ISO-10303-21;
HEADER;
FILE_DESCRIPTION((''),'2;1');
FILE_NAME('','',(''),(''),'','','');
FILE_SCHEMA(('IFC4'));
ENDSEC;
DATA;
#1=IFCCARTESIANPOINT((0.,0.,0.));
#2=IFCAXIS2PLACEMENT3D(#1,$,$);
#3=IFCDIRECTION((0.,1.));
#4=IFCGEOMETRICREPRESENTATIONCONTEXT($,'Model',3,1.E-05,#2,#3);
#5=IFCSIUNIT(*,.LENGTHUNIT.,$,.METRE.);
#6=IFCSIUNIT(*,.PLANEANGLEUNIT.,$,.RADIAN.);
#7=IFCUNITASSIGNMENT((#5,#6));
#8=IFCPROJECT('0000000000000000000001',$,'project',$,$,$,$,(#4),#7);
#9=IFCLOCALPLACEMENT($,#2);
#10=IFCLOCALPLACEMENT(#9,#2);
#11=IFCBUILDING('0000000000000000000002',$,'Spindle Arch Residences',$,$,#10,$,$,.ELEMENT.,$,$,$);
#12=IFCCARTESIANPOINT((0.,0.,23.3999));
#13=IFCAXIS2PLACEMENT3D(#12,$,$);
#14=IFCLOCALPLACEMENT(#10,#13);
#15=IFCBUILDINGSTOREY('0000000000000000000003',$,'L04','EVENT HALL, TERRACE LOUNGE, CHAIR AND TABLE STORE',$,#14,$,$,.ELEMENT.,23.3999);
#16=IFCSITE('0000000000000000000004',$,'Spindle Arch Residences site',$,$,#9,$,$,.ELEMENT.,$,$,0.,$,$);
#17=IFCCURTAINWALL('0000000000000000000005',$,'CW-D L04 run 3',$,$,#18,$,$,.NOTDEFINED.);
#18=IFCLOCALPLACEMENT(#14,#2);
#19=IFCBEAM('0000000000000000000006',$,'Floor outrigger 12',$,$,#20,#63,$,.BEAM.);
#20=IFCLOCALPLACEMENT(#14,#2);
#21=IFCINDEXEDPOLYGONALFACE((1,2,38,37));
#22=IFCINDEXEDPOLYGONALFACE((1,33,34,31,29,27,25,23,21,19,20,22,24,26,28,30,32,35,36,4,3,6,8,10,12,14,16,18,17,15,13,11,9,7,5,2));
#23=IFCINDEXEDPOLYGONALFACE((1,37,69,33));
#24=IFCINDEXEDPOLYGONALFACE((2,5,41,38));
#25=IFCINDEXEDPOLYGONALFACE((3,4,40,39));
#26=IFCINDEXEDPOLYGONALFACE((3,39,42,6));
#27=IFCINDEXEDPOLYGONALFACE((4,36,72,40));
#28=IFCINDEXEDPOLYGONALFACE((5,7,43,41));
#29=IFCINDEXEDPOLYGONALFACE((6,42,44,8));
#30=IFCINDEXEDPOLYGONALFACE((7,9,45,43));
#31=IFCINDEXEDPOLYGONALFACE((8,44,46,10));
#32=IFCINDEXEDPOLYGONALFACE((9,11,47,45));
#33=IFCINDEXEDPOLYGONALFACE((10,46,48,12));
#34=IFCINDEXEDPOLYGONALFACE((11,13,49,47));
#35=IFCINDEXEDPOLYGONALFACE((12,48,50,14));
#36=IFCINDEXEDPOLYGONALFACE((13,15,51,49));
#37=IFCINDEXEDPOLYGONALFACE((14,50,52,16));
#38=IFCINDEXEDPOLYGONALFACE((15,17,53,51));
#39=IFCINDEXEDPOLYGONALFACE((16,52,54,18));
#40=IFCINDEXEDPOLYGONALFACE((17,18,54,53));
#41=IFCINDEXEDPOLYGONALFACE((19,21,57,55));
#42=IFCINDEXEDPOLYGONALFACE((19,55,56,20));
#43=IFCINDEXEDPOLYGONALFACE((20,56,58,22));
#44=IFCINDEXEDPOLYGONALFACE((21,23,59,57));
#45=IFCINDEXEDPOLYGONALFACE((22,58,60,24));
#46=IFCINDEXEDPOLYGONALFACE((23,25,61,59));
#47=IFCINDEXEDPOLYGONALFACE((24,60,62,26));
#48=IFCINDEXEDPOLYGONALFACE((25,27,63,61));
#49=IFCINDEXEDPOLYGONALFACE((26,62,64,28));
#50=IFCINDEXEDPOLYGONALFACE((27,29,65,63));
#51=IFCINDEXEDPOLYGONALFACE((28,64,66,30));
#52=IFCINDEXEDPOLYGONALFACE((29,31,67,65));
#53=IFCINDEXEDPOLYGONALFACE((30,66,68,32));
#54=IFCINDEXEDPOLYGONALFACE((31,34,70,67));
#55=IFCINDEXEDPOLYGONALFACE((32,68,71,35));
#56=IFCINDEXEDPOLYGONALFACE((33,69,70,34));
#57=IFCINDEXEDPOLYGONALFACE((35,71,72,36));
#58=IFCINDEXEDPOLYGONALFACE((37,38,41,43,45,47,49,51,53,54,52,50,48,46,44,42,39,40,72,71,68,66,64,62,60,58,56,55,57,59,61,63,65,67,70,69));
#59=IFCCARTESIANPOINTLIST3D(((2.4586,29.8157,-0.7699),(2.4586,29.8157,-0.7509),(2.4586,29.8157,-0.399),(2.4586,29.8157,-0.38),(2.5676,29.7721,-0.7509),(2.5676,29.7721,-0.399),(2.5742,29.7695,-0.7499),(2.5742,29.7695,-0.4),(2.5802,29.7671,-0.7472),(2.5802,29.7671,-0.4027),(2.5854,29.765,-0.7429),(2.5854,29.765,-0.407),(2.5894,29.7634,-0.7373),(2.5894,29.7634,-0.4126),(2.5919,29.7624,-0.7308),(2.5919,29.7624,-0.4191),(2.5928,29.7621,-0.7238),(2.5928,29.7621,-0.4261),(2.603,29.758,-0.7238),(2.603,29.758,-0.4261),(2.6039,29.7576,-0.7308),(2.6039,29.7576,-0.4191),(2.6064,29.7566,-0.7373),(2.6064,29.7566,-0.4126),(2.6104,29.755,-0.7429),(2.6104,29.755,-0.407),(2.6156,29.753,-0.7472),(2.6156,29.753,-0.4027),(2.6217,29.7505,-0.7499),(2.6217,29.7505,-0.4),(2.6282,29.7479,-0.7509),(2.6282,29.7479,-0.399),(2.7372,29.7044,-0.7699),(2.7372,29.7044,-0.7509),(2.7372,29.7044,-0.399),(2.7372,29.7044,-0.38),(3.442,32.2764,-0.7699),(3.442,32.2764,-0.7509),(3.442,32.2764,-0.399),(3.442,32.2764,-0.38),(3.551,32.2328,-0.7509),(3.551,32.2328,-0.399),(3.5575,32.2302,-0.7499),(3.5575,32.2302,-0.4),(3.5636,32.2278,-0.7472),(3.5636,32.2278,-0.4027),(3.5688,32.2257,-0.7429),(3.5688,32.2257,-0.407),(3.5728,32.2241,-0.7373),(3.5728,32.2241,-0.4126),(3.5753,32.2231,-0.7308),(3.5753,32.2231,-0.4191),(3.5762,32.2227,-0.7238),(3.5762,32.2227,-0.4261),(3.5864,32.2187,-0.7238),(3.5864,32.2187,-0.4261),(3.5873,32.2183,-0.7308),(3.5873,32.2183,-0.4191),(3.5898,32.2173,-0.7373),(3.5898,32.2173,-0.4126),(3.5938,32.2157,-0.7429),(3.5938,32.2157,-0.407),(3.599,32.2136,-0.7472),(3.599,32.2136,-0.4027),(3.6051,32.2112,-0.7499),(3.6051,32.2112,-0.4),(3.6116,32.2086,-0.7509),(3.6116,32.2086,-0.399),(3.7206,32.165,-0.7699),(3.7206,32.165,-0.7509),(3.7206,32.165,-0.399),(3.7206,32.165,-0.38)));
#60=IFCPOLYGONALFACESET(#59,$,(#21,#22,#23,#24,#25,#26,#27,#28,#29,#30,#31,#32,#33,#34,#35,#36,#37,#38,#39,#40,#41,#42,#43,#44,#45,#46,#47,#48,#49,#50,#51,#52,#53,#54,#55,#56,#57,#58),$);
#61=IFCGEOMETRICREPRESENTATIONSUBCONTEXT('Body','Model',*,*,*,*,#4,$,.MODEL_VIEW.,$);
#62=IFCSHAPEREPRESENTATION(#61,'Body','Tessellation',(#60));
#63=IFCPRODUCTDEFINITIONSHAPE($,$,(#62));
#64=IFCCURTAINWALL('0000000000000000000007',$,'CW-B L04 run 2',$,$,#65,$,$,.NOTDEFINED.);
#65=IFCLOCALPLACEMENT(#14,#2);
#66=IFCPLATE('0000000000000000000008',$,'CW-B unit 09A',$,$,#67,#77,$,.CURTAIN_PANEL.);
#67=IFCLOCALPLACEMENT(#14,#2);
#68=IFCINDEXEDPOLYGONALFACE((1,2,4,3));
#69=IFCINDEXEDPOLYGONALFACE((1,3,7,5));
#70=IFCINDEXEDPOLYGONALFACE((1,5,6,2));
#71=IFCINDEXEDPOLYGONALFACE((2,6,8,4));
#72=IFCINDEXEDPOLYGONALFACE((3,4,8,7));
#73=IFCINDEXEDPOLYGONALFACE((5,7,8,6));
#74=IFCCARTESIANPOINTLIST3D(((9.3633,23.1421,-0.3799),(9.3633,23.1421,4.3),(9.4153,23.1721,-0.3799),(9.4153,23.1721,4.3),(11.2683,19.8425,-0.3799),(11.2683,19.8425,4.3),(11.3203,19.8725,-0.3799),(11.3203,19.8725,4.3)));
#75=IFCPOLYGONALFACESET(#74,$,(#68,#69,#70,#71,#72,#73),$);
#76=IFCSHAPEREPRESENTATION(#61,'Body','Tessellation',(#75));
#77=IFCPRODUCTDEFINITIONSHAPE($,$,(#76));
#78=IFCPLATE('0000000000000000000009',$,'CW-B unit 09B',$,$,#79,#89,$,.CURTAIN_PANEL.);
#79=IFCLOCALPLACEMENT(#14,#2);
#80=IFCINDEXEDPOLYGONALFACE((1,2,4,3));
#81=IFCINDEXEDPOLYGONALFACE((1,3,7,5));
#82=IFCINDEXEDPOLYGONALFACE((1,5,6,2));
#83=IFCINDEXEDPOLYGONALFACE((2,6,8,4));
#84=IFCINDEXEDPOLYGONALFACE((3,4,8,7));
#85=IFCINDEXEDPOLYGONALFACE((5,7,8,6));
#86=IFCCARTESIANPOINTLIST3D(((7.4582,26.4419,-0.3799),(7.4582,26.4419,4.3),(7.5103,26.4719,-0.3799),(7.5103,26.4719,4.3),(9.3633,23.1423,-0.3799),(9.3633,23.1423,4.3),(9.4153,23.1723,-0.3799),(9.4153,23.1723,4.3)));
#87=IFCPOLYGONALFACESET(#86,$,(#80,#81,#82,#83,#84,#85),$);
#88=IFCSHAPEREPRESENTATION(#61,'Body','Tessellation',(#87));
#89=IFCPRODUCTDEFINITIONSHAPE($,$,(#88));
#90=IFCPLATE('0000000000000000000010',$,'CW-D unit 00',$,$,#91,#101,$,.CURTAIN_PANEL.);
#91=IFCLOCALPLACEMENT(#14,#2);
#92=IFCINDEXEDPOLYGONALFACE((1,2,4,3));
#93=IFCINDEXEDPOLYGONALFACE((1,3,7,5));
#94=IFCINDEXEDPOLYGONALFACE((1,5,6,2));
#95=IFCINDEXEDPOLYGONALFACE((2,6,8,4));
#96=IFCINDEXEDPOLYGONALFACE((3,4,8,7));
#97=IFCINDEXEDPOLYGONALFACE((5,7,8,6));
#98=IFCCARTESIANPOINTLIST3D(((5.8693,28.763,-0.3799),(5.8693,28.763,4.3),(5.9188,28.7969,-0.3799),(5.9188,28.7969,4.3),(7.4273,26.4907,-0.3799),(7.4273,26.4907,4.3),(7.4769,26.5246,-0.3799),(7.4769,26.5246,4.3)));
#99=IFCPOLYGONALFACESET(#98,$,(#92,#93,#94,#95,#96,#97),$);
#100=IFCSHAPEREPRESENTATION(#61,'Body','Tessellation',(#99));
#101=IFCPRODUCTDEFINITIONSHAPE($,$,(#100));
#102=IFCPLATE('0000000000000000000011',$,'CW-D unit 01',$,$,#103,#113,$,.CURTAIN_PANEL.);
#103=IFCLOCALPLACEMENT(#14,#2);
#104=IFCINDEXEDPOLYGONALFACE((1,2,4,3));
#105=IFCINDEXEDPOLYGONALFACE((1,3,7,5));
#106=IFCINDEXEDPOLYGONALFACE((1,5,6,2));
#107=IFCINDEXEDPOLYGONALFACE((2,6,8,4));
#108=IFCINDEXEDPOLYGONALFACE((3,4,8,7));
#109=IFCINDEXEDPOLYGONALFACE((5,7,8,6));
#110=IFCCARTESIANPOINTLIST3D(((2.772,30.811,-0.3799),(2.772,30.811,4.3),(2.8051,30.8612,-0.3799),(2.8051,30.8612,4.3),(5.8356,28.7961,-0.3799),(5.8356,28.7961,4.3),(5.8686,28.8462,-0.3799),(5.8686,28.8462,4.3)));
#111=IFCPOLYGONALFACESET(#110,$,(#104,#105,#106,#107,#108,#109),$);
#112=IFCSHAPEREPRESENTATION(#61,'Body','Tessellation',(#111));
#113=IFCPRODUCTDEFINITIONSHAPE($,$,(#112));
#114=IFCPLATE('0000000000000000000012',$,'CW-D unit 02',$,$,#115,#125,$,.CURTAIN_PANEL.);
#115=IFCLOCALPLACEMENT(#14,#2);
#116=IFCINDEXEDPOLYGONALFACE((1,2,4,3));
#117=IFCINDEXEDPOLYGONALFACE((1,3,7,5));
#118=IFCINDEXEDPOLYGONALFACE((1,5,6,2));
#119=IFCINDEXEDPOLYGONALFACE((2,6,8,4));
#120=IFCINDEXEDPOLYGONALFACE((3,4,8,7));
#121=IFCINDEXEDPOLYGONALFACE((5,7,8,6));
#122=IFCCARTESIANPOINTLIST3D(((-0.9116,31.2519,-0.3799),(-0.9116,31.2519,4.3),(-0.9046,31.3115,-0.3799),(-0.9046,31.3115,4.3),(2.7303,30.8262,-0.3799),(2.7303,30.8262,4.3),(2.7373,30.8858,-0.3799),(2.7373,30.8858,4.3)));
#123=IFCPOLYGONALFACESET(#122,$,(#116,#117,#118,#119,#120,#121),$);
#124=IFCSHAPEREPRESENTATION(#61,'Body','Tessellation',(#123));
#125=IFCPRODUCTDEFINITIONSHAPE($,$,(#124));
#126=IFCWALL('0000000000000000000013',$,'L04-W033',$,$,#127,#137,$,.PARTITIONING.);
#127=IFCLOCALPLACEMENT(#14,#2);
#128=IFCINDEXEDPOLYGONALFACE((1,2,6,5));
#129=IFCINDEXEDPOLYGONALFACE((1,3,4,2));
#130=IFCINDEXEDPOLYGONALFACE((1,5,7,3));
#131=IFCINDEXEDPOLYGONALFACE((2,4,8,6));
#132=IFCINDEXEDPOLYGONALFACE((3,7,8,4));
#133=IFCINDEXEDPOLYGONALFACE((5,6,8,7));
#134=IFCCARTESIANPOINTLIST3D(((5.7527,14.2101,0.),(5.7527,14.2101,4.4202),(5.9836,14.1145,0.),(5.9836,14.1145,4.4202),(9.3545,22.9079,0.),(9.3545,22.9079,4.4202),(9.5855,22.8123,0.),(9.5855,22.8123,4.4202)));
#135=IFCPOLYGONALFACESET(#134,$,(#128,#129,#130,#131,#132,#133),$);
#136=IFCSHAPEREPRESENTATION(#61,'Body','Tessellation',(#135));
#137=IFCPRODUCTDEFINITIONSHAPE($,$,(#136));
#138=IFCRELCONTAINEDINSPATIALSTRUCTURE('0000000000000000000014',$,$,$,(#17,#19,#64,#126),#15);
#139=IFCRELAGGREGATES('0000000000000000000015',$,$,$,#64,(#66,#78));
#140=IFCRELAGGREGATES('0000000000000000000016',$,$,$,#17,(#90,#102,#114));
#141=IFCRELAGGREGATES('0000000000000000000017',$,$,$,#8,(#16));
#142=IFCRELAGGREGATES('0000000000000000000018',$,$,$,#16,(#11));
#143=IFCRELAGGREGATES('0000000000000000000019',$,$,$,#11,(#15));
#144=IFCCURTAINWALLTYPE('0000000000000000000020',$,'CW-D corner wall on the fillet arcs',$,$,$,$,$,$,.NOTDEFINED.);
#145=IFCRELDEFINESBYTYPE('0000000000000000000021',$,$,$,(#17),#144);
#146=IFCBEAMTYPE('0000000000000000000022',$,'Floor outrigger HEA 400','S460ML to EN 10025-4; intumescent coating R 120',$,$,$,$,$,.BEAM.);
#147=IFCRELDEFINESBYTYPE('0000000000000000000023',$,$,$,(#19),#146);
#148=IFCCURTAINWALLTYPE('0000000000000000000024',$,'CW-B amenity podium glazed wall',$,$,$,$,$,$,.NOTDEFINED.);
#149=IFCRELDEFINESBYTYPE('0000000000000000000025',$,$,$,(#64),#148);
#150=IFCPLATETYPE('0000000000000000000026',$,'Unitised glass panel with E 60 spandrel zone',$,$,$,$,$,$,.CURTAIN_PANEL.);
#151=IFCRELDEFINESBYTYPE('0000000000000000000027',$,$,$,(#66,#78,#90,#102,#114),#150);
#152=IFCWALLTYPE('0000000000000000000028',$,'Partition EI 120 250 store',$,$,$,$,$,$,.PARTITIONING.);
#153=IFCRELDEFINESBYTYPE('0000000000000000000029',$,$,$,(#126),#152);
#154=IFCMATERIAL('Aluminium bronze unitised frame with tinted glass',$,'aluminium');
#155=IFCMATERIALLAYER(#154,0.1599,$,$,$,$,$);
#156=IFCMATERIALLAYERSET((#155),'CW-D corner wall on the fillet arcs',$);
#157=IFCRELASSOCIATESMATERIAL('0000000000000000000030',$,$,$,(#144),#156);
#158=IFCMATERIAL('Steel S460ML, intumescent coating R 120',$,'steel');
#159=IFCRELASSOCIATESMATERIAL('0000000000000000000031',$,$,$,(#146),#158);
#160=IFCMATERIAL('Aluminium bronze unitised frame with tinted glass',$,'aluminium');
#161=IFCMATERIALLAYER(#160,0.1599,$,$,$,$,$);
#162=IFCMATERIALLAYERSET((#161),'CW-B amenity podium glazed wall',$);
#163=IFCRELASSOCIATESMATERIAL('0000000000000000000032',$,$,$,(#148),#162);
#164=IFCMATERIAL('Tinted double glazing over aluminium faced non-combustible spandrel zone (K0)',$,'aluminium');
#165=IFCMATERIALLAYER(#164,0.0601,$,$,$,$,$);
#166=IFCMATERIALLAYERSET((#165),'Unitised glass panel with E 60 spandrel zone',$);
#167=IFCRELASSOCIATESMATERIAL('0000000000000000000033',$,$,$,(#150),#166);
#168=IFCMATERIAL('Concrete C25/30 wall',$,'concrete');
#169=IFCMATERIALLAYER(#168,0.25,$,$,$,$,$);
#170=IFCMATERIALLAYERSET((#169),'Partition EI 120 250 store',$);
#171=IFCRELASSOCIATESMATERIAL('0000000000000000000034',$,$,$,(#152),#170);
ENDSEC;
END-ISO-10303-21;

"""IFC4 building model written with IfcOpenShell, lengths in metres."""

from ifc_helpers import new_model, si_unit, direction, frame, frame_2d, origin, origin_2d, place, context, subcontext, project, spatial, rectangle, i_section, extrude, material, layer, layer_set, material_profile, profile_set, type_object, element, aggregate, save


model = new_model("IFC4")

# Units and contexts
model_context = context("Model", 3, precision=1e-05, world=origin(), true_north=direction((0.0, 1.0)))
body_context = subcontext(model_context, "Body", "Model", "MODEL_VIEW")
ifc_project = project(units=[si_unit("LENGTHUNIT", "METRE"), si_unit("PLANEANGLEUNIT", "RADIAN")], contexts=[model_context])

# Site, building, storey
site_placement = place(None, origin())
site = spatial("IfcSite", under=ifc_project, at=site_placement, Name="Spindle Arch Residences site", CompositionType="ELEMENT", RefElevation=0.0)
building_placement = place(site_placement, origin())
building = spatial("IfcBuilding", under=site, at=building_placement, Name="Spindle Arch Residences", CompositionType="ELEMENT")
storey_placement = place(building_placement, frame((0.0, 0.0, 23.3999)))
storey = spatial("IfcBuildingStorey", under=building, at=storey_placement, Name="L04", Description="EVENT HALL, TERRACE LOUNGE, CHAIR AND TABLE STORE", CompositionType="ELEMENT", Elevation=23.3999)

# Curtain wall
ifc_material_1 = material(Name="Aluminium bronze unitised frame with tinted glass", Category="aluminium")
ifc_layer_1 = layer(ifc_material_1, 0.1599)
ifc_layer_set_1 = layer_set([ifc_layer_1], Name="CW-D corner wall on the fillet arcs")
curtain_wall_type_1 = type_object("IfcCurtainWallType", Name="CW-D corner wall on the fillet arcs", PredefinedType="NOTDEFINED", material=ifc_layer_set_1)
curtain_wall_1_placement = place(storey_placement, origin())
curtain_wall_1 = element("IfcCurtainWall", 1, at=curtain_wall_1_placement, inside=storey, type_object=curtain_wall_type_1, Name="CW-D L04 run 3", PredefinedType="NOTDEFINED")

# Beam
ifc_material_2 = material(Name="Steel S460ML, intumescent coating R 120", Category="steel")
ifc_material_profile_1 = material_profile(ifc_material_2, i_section(OverallWidth=0.3, OverallDepth=0.3899, WebThickness=0.011, FlangeThickness=0.019, FilletRadius=0.0271, at=origin_2d()), Name="HEA 400")
ifc_profile_set_1 = profile_set([ifc_material_profile_1], Name="Steel S460ML, intumescent coating R 120")
beam_type_1 = type_object("IfcBeamType", Name="Floor outrigger HEA 400", Description="S460ML to EN 10025-4; intumescent coating R 120", PredefinedType="BEAM", material=ifc_profile_set_1)
beam_1_placement = place(storey_placement, frame((3.5813, 32.2207, -0.575), z_axis=(-0.371105, -0.928591, 0.0), x_axis=(0.928591, -0.371105, 0.0)))
element("IfcBeam", 2, at=beam_1_placement, inside=storey, type_object=beam_type_1, Name="Floor outrigger 12", PredefinedType="BEAM", context=body_context, shape_type="SweptSolid", body=[
    extrude(i_section(OverallWidth=0.3, OverallDepth=0.3899, WebThickness=0.011, FlangeThickness=0.019, FilletRadius=0.0271, at=origin_2d()), origin(), (0.0, 0.0, 1.0), 2.6499),
])

# Curtain wall, plates
ifc_material_3 = material(Name="Aluminium bronze unitised frame with tinted glass", Category="aluminium")
ifc_layer_2 = layer(ifc_material_3, 0.1599)
ifc_layer_set_2 = layer_set([ifc_layer_2], Name="CW-B amenity podium glazed wall")
curtain_wall_type_2 = type_object("IfcCurtainWallType", Name="CW-B amenity podium glazed wall", PredefinedType="NOTDEFINED", material=ifc_layer_set_2)
curtain_wall_2_placement = place(storey_placement, origin())
curtain_wall_2 = element("IfcCurtainWall", 3, at=curtain_wall_2_placement, inside=storey, type_object=curtain_wall_type_2, Name="CW-B L04 run 2", PredefinedType="NOTDEFINED")
ifc_material_4 = material(Name="Tinted double glazing over aluminium faced non-combustible spandrel zone (K0)", Category="aluminium")
ifc_layer_3 = layer(ifc_material_4, 0.0601)
ifc_layer_set_3 = layer_set([ifc_layer_3], Name="Unitised glass panel with E 60 spandrel zone")
plate_type = type_object("IfcPlateType", Name="Unitised glass panel with E 60 spandrel zone", PredefinedType="CURTAIN_PANEL", material=ifc_layer_set_3)
plate_1_placement = place(storey_placement, frame((10.3418, 21.5073, -0.3799), z_axis=(0.0, 0.0, 1.0), x_axis=(-0.5, 0.866025, 0.0)))
plate_1 = element("IfcPlate", 4, at=plate_1_placement, type_object=plate_type, Name="CW-B unit 09A", PredefinedType="CURTAIN_PANEL", context=body_context, shape_type="SweptSolid", body=[
    extrude(rectangle(XDim=3.8101, YDim=0.0601, at=origin_2d()), origin(), (0.0, 0.0, 1.0), 4.6799),
])
plate_2_placement = place(storey_placement, frame((8.4368, 24.8071, -0.3799), z_axis=(0.0, 0.0, 1.0), x_axis=(-0.5, 0.866025, 0.0)))
plate_2 = element("IfcPlate", 5, at=plate_2_placement, type_object=plate_type, Name="CW-B unit 09B", PredefinedType="CURTAIN_PANEL", context=body_context, shape_type="SweptSolid", body=[
    extrude(rectangle(XDim=3.8101, YDim=0.0601, at=origin_2d()), origin(), (0.0, 0.0, 1.0), 4.6799),
])
aggregate(curtain_wall_2, [plate_1, plate_2])

# Plates
plate_3_placement = place(storey_placement, frame((6.6731, 27.6438, -0.3799), z_axis=(0.0, 0.0, 1.0), x_axis=(-0.565501, 0.824748, 0.0)))
plate_3 = element("IfcPlate", 6, at=plate_3_placement, type_object=plate_type, Name="CW-D unit 00", PredefinedType="CURTAIN_PANEL", context=body_context, shape_type="SweptSolid", body=[
    extrude(rectangle(XDim=2.7551, YDim=0.0601, at=origin_2d()), origin(), (0.0, 0.0, 1.0), 4.6799),
])
plate_4_placement = place(storey_placement, frame((4.3203, 29.8286, -0.3799), z_axis=(0.0, 0.0, 1.0), x_axis=(-0.835488, 0.549509, 0.0)))
plate_4 = element("IfcPlate", 7, at=plate_4_placement, type_object=plate_type, Name="CW-D unit 01", PredefinedType="CURTAIN_PANEL", context=body_context, shape_type="SweptSolid", body=[
    extrude(rectangle(XDim=3.6667, YDim=0.0601, at=origin_2d()), origin(), (0.0, 0.0, 1.0), 4.6799),
])
plate_5_placement = place(storey_placement, frame((0.9128, 31.0688, -0.3799), z_axis=(0.0, 0.0, 1.0), x_axis=(-0.993238, 0.116093, 0.0)))
plate_5 = element("IfcPlate", 8, at=plate_5_placement, type_object=plate_type, Name="CW-D unit 02", PredefinedType="CURTAIN_PANEL", context=body_context, shape_type="SweptSolid", body=[
    extrude(rectangle(XDim=3.6667, YDim=0.0601, at=origin_2d()), origin(), (0.0, 0.0, 1.0), 4.6799),
])
aggregate(curtain_wall_1, [plate_3, plate_4, plate_5])

# Wall
ifc_material_5 = material(Name="Concrete C25/30 wall", Category="concrete")
ifc_layer_4 = layer(ifc_material_5, 0.25)
ifc_layer_set_4 = layer_set([ifc_layer_4], Name="Partition EI 120 250 store")
wall_type = type_object("IfcWallType", Name="Partition EI 120 250 store", PredefinedType="PARTITIONING", material=ifc_layer_set_4)
wall_placement = place(storey_placement, frame((9.47, 22.8601, 0.0), z_axis=(0.0, 0.0, 1.0), x_axis=(-0.3826, -0.923914, 0.0)))
element("IfcWall", 9, at=wall_placement, inside=storey, type_object=wall_type, Name="L04-W033", PredefinedType="PARTITIONING", context=body_context, shape_type="SweptSolid", body=[
    extrude(rectangle(XDim=9.4141, YDim=0.25, at=frame_2d((4.707, 0.0))), origin(), (0.0, 0.0, 1.0), 4.4202),
])

save(model, "model.ifc")
